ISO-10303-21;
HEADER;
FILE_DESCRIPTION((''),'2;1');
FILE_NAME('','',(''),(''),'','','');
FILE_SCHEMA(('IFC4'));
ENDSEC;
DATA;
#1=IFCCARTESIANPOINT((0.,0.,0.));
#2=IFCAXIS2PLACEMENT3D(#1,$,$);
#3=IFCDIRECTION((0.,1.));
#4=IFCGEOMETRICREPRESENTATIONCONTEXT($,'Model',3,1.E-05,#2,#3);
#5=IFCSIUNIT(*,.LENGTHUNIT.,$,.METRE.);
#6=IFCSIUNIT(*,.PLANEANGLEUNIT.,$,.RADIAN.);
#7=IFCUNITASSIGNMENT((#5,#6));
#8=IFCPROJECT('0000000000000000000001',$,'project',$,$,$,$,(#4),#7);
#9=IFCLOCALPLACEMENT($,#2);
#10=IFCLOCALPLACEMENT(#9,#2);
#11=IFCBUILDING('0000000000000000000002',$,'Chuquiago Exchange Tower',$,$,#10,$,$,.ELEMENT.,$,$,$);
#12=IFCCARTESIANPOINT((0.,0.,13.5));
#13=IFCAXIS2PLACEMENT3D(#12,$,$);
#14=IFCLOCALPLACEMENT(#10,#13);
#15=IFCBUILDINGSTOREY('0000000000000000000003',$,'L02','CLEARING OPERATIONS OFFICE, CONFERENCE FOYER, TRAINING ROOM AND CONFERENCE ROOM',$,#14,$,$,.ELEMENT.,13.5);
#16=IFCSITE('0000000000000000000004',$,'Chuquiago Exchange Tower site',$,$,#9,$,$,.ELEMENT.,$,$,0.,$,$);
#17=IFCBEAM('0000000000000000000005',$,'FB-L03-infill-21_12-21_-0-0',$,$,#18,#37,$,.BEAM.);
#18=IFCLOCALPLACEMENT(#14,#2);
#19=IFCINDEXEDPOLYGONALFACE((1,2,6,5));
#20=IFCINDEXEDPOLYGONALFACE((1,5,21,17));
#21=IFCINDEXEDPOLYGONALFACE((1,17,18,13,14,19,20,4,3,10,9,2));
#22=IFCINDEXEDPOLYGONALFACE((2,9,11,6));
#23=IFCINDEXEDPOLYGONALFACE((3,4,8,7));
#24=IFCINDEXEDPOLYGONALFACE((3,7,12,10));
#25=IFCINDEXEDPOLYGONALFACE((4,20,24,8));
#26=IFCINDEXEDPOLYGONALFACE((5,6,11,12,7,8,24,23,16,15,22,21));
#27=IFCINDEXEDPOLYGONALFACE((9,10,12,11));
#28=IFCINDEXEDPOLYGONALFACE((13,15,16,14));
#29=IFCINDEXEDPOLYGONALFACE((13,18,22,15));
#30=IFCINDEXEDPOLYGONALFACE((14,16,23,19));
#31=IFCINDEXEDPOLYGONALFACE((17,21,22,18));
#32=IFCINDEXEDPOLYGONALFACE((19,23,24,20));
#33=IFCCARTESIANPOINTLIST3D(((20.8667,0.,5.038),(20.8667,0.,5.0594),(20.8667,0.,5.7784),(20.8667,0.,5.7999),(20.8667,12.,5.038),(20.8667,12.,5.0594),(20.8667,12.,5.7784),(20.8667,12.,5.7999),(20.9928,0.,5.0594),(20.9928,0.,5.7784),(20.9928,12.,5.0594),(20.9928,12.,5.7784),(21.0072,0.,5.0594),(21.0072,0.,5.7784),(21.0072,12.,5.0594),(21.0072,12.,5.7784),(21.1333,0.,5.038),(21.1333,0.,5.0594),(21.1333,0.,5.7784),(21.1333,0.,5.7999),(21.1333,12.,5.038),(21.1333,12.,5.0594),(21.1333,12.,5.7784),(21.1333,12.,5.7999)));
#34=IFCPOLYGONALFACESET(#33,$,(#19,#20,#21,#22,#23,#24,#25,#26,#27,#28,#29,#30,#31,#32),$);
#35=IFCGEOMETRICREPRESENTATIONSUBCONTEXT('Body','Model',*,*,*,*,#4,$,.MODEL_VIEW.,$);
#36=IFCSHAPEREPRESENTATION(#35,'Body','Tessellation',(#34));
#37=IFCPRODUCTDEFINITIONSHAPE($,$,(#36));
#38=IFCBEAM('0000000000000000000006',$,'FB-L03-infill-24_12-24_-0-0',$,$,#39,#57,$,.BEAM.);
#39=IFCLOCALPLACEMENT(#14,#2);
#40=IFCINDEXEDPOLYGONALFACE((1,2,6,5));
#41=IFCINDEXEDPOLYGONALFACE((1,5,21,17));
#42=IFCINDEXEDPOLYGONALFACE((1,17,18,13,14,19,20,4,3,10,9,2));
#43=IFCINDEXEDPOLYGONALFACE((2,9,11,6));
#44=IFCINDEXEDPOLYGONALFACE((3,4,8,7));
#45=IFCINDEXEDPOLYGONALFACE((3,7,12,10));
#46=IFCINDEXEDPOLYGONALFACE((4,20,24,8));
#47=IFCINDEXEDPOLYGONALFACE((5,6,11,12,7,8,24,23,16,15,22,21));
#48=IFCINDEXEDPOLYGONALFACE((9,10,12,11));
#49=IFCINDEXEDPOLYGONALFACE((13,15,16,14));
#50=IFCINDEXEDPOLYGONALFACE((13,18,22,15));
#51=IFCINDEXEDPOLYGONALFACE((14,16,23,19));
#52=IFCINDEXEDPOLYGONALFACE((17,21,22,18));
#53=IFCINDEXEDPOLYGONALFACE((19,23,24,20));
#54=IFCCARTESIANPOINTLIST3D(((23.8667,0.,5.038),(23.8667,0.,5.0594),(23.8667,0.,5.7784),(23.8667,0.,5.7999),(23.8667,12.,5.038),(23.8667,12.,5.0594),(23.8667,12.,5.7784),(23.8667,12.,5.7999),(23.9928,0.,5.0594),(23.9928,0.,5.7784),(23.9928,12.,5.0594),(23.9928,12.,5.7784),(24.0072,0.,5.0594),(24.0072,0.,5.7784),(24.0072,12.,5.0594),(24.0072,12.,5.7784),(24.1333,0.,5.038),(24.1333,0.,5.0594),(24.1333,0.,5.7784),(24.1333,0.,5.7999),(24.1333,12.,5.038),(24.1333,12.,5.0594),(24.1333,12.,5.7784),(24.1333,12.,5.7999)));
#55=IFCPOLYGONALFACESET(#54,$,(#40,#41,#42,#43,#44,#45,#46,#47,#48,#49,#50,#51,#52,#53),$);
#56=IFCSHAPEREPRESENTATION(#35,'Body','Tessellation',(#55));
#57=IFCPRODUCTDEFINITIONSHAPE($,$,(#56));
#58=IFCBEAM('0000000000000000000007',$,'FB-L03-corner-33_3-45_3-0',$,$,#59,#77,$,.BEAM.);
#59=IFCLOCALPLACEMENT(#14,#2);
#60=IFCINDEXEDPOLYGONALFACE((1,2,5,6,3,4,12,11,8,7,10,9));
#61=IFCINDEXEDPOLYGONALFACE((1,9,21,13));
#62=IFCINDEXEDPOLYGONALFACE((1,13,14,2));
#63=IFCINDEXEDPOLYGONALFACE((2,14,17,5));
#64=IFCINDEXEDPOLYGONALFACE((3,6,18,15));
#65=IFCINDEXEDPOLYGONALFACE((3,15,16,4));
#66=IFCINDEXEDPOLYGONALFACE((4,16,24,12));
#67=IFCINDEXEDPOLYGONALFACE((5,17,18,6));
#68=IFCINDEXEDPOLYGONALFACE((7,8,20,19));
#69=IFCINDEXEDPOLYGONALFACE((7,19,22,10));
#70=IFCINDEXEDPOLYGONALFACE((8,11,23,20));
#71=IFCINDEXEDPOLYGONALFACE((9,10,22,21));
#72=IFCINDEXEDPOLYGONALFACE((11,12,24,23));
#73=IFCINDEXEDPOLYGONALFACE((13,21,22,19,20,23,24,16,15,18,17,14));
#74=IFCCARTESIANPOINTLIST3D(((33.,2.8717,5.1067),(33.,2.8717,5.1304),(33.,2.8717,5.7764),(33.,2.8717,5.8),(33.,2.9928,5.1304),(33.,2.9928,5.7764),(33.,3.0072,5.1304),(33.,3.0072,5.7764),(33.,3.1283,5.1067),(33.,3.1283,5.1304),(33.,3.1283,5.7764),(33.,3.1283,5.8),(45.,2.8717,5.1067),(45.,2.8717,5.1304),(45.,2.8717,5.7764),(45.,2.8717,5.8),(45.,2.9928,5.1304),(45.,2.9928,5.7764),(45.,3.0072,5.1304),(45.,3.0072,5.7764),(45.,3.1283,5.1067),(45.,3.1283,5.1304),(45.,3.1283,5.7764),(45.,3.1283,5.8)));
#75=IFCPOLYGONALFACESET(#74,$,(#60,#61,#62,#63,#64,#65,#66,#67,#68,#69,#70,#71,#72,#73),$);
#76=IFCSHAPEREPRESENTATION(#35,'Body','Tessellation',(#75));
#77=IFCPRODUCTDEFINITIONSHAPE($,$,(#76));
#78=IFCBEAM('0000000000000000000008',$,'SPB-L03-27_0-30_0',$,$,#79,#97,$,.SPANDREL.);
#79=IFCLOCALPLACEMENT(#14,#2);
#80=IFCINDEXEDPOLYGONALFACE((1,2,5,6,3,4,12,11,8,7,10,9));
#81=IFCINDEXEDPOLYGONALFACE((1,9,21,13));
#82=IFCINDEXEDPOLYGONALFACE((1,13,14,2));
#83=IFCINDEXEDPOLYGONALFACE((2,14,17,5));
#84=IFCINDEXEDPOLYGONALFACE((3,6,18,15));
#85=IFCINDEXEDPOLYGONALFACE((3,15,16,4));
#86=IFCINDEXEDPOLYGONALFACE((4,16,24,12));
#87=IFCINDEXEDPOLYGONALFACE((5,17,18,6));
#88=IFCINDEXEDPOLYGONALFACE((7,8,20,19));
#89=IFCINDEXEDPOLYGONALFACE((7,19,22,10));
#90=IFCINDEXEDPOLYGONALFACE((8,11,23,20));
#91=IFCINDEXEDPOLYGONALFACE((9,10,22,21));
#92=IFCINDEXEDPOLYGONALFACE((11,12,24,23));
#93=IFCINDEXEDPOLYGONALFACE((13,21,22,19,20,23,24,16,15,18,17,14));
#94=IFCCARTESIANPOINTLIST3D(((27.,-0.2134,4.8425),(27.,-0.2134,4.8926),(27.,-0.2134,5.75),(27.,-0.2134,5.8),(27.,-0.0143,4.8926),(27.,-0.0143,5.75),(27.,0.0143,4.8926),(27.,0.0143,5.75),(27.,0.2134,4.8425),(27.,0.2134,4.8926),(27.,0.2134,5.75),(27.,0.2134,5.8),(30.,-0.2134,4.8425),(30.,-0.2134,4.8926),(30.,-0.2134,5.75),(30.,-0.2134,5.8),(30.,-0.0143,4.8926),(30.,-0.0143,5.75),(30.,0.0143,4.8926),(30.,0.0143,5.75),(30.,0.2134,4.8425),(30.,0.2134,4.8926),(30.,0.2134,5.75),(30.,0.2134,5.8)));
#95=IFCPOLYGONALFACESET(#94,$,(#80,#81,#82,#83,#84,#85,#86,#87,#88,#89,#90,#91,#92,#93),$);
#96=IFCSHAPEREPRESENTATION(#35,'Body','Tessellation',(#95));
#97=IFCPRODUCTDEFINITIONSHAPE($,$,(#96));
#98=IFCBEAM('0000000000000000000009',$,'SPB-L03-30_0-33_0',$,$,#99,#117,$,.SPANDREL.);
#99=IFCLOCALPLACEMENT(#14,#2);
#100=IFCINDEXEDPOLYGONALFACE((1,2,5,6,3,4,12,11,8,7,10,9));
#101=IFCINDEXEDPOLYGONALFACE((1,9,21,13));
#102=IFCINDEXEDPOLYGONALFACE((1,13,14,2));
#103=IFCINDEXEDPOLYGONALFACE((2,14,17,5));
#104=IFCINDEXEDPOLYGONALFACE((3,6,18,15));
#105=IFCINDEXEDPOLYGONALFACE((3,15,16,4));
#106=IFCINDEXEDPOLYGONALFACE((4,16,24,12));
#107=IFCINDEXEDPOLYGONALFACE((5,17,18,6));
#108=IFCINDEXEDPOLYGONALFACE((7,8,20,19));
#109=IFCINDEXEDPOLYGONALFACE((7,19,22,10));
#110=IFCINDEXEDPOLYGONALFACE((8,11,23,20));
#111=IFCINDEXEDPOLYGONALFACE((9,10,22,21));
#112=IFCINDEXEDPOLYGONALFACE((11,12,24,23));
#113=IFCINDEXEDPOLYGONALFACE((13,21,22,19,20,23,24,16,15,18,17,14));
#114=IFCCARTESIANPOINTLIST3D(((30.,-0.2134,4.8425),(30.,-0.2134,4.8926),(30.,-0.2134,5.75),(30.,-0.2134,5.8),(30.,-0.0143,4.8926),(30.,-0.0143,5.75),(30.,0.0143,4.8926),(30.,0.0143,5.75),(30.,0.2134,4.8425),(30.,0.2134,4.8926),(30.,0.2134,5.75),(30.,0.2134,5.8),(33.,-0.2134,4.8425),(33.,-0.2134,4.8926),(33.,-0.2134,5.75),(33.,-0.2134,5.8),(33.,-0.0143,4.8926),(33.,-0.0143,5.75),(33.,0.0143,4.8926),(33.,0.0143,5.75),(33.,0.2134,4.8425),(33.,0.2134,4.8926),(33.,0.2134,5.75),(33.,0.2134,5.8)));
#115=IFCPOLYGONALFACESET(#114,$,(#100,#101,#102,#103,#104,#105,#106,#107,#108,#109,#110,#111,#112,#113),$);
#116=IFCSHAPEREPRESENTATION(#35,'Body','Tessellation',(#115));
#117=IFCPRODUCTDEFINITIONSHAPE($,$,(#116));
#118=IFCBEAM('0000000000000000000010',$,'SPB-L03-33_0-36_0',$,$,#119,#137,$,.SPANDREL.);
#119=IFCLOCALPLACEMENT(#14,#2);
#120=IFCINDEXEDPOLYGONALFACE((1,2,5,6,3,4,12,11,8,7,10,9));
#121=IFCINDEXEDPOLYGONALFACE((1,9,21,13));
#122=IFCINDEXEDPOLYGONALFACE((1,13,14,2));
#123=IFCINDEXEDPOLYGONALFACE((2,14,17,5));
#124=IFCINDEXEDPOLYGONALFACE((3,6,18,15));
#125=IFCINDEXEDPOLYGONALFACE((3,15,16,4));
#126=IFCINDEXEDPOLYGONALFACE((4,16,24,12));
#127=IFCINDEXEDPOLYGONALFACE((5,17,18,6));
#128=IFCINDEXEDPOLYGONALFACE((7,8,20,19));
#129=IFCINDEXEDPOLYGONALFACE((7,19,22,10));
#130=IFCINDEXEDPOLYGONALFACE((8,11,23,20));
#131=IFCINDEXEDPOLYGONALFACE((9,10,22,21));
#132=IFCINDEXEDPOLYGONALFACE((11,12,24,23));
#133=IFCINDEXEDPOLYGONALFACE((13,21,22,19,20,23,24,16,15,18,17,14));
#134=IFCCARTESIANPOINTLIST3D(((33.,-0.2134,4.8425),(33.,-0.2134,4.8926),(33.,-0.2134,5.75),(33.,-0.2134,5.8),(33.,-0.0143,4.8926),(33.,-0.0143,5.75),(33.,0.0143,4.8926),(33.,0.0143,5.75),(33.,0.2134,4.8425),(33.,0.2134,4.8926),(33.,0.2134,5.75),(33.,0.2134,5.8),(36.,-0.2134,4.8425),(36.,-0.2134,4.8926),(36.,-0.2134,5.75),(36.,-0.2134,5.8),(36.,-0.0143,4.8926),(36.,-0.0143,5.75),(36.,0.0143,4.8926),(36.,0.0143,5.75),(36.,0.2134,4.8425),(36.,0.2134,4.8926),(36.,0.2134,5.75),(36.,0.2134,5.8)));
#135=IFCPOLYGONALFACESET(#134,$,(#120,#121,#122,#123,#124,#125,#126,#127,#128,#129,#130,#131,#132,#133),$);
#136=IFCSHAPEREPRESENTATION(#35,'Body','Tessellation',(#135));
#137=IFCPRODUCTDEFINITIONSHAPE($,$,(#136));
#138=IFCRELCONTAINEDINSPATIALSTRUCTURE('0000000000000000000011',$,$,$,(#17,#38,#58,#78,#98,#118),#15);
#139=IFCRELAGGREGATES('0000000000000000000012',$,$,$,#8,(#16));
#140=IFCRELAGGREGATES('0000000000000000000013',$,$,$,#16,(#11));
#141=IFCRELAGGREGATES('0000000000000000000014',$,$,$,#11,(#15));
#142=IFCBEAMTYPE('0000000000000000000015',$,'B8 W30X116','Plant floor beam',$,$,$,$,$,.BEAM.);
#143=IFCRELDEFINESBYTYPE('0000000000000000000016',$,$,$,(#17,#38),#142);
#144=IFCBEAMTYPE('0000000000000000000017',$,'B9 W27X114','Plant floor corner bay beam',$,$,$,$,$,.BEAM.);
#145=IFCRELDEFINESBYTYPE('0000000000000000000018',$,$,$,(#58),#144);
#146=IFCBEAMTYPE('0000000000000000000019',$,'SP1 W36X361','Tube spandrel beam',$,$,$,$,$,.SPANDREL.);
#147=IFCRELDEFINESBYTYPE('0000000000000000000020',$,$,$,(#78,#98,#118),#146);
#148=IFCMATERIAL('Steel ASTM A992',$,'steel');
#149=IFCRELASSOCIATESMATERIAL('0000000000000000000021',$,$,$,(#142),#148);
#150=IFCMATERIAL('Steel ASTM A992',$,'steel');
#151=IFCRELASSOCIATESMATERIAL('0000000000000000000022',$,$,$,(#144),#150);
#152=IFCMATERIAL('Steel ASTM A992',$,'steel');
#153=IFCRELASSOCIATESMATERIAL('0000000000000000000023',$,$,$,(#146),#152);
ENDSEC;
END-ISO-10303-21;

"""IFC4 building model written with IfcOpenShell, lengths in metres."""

from ifc_helpers import new_model, si_unit, direction, frame, origin, origin_2d, place, context, subcontext, project, spatial, i_section, extrude, material, material_profile, profile_set, type_object, element, save


model = new_model("IFC4")

# Units and contexts
model_context = context("Model", 3, precision=1e-05, world=origin(), true_north=direction((0.0, 1.0)))
body_context = subcontext(model_context, "Body", "Model", "MODEL_VIEW")
ifc_project = project(units=[si_unit("LENGTHUNIT", "METRE"), si_unit("PLANEANGLEUNIT", "RADIAN")], contexts=[model_context])

# Site, building, storey
site_placement = place(None, origin())
site = spatial("IfcSite", under=ifc_project, at=site_placement, Name="Chuquiago Exchange Tower site", CompositionType="ELEMENT", RefElevation=0.0)
building_placement = place(site_placement, origin())
building = spatial("IfcBuilding", under=site, at=building_placement, Name="Chuquiago Exchange Tower", CompositionType="ELEMENT")
storey_placement = place(building_placement, frame((0.0, 0.0, 13.5)))
storey = spatial("IfcBuildingStorey", under=building, at=storey_placement, Name="L02", Description="CLEARING OPERATIONS OFFICE, CONFERENCE FOYER, TRAINING ROOM AND CONFERENCE ROOM", CompositionType="ELEMENT", Elevation=13.5)

# Beams
ifc_material_1 = material(Name="Steel ASTM A992", Category="steel")
ifc_material_profile_1 = material_profile(ifc_material_1, i_section(OverallWidth=0.2666, OverallDepth=0.762, WebThickness=0.0144, FlangeThickness=0.0215, at=origin_2d()), Name="W30X116")
ifc_profile_set_1 = profile_set([ifc_material_profile_1], Name="Steel ASTM A992")
beam_type_1 = type_object("IfcBeamType", Name="B8 W30X116", Description="Plant floor beam", PredefinedType="BEAM", material=ifc_profile_set_1)
for number, where, z_axis, x_axis, name in (
    (1, (21.0, 12.0, 5.4189), (0.0, -1.0, 0.0), (1.0, 0.0, 0.0), "FB-L03-infill-21_12-21_-0-0"),
    (2, (24.0, 12.0, 5.4189), (0.0, -1.0, 0.0), (1.0, 0.0, 0.0), "FB-L03-infill-24_12-24_-0-0"),
):
    element("IfcBeam", number, at=place(storey_placement, frame(where, z_axis=z_axis, x_axis=x_axis)), inside=storey, type_object=beam_type_1, Name=name, PredefinedType="BEAM", context=body_context, shape_type="SweptSolid", body=[
        extrude(i_section(OverallWidth=0.2666, OverallDepth=0.762, WebThickness=0.0144, FlangeThickness=0.0215, at=origin_2d()), origin(), (0.0, 0.0, 1.0), 12.0),
    ])
ifc_material_2 = material(Name="Steel ASTM A992", Category="steel")
ifc_material_profile_2 = material_profile(ifc_material_2, i_section(OverallWidth=0.2566, OverallDepth=0.6934, WebThickness=0.0144, FlangeThickness=0.0237, at=origin_2d()), Name="W27X114")
ifc_profile_set_2 = profile_set([ifc_material_profile_2], Name="Steel ASTM A992")
beam_type_2 = type_object("IfcBeamType", Name="B9 W27X114", Description="Plant floor corner bay beam", PredefinedType="BEAM", material=ifc_profile_set_2)
beam_1_placement = place(storey_placement, frame((33.0, 3.0, 5.4534), z_axis=(1.0, 0.0, 0.0), x_axis=(0.0, 1.0, 0.0)))
element("IfcBeam", 3, at=beam_1_placement, inside=storey, type_object=beam_type_2, Name="FB-L03-corner-33_3-45_3-0", PredefinedType="BEAM", context=body_context, shape_type="SweptSolid", body=[
    extrude(i_section(OverallWidth=0.2566, OverallDepth=0.6934, WebThickness=0.0144, FlangeThickness=0.0237, at=origin_2d()), origin(), (0.0, 0.0, 1.0), 12.0),
])
ifc_material_3 = material(Name="Steel ASTM A992", Category="steel")
ifc_material_profile_3 = material_profile(ifc_material_3, i_section(OverallWidth=0.4268, OverallDepth=0.9575, WebThickness=0.0286, FlangeThickness=0.05, at=origin_2d()), Name="W36X361")
ifc_profile_set_3 = profile_set([ifc_material_profile_3], Name="Steel ASTM A992")
beam_type_3 = type_object("IfcBeamType", Name="SP1 W36X361", Description="Tube spandrel beam", PredefinedType="SPANDREL", material=ifc_profile_set_3)
for number, where, z_axis, x_axis, name in (
    (4, (27.0, 0.0, 5.3213), (1.0, 0.0, 0.0), (0.0, 1.0, 0.0), "SPB-L03-27_0-30_0"),
    (5, (30.0, 0.0, 5.3213), (1.0, 0.0, 0.0), (0.0, 1.0, 0.0), "SPB-L03-30_0-33_0"),
    (6, (33.0, 0.0, 5.3213), (1.0, 0.0, 0.0), (0.0, 1.0, 0.0), "SPB-L03-33_0-36_0"),
):
    element("IfcBeam", number, at=place(storey_placement, frame(where, z_axis=z_axis, x_axis=x_axis)), inside=storey, type_object=beam_type_3, Name=name, PredefinedType="SPANDREL", context=body_context, shape_type="SweptSolid", body=[
        extrude(i_section(OverallWidth=0.4268, OverallDepth=0.9575, WebThickness=0.0286, FlangeThickness=0.05, at=origin_2d()), origin(), (0.0, 0.0, 1.0), 3.0),
    ])

save(model, "model.ifc")
